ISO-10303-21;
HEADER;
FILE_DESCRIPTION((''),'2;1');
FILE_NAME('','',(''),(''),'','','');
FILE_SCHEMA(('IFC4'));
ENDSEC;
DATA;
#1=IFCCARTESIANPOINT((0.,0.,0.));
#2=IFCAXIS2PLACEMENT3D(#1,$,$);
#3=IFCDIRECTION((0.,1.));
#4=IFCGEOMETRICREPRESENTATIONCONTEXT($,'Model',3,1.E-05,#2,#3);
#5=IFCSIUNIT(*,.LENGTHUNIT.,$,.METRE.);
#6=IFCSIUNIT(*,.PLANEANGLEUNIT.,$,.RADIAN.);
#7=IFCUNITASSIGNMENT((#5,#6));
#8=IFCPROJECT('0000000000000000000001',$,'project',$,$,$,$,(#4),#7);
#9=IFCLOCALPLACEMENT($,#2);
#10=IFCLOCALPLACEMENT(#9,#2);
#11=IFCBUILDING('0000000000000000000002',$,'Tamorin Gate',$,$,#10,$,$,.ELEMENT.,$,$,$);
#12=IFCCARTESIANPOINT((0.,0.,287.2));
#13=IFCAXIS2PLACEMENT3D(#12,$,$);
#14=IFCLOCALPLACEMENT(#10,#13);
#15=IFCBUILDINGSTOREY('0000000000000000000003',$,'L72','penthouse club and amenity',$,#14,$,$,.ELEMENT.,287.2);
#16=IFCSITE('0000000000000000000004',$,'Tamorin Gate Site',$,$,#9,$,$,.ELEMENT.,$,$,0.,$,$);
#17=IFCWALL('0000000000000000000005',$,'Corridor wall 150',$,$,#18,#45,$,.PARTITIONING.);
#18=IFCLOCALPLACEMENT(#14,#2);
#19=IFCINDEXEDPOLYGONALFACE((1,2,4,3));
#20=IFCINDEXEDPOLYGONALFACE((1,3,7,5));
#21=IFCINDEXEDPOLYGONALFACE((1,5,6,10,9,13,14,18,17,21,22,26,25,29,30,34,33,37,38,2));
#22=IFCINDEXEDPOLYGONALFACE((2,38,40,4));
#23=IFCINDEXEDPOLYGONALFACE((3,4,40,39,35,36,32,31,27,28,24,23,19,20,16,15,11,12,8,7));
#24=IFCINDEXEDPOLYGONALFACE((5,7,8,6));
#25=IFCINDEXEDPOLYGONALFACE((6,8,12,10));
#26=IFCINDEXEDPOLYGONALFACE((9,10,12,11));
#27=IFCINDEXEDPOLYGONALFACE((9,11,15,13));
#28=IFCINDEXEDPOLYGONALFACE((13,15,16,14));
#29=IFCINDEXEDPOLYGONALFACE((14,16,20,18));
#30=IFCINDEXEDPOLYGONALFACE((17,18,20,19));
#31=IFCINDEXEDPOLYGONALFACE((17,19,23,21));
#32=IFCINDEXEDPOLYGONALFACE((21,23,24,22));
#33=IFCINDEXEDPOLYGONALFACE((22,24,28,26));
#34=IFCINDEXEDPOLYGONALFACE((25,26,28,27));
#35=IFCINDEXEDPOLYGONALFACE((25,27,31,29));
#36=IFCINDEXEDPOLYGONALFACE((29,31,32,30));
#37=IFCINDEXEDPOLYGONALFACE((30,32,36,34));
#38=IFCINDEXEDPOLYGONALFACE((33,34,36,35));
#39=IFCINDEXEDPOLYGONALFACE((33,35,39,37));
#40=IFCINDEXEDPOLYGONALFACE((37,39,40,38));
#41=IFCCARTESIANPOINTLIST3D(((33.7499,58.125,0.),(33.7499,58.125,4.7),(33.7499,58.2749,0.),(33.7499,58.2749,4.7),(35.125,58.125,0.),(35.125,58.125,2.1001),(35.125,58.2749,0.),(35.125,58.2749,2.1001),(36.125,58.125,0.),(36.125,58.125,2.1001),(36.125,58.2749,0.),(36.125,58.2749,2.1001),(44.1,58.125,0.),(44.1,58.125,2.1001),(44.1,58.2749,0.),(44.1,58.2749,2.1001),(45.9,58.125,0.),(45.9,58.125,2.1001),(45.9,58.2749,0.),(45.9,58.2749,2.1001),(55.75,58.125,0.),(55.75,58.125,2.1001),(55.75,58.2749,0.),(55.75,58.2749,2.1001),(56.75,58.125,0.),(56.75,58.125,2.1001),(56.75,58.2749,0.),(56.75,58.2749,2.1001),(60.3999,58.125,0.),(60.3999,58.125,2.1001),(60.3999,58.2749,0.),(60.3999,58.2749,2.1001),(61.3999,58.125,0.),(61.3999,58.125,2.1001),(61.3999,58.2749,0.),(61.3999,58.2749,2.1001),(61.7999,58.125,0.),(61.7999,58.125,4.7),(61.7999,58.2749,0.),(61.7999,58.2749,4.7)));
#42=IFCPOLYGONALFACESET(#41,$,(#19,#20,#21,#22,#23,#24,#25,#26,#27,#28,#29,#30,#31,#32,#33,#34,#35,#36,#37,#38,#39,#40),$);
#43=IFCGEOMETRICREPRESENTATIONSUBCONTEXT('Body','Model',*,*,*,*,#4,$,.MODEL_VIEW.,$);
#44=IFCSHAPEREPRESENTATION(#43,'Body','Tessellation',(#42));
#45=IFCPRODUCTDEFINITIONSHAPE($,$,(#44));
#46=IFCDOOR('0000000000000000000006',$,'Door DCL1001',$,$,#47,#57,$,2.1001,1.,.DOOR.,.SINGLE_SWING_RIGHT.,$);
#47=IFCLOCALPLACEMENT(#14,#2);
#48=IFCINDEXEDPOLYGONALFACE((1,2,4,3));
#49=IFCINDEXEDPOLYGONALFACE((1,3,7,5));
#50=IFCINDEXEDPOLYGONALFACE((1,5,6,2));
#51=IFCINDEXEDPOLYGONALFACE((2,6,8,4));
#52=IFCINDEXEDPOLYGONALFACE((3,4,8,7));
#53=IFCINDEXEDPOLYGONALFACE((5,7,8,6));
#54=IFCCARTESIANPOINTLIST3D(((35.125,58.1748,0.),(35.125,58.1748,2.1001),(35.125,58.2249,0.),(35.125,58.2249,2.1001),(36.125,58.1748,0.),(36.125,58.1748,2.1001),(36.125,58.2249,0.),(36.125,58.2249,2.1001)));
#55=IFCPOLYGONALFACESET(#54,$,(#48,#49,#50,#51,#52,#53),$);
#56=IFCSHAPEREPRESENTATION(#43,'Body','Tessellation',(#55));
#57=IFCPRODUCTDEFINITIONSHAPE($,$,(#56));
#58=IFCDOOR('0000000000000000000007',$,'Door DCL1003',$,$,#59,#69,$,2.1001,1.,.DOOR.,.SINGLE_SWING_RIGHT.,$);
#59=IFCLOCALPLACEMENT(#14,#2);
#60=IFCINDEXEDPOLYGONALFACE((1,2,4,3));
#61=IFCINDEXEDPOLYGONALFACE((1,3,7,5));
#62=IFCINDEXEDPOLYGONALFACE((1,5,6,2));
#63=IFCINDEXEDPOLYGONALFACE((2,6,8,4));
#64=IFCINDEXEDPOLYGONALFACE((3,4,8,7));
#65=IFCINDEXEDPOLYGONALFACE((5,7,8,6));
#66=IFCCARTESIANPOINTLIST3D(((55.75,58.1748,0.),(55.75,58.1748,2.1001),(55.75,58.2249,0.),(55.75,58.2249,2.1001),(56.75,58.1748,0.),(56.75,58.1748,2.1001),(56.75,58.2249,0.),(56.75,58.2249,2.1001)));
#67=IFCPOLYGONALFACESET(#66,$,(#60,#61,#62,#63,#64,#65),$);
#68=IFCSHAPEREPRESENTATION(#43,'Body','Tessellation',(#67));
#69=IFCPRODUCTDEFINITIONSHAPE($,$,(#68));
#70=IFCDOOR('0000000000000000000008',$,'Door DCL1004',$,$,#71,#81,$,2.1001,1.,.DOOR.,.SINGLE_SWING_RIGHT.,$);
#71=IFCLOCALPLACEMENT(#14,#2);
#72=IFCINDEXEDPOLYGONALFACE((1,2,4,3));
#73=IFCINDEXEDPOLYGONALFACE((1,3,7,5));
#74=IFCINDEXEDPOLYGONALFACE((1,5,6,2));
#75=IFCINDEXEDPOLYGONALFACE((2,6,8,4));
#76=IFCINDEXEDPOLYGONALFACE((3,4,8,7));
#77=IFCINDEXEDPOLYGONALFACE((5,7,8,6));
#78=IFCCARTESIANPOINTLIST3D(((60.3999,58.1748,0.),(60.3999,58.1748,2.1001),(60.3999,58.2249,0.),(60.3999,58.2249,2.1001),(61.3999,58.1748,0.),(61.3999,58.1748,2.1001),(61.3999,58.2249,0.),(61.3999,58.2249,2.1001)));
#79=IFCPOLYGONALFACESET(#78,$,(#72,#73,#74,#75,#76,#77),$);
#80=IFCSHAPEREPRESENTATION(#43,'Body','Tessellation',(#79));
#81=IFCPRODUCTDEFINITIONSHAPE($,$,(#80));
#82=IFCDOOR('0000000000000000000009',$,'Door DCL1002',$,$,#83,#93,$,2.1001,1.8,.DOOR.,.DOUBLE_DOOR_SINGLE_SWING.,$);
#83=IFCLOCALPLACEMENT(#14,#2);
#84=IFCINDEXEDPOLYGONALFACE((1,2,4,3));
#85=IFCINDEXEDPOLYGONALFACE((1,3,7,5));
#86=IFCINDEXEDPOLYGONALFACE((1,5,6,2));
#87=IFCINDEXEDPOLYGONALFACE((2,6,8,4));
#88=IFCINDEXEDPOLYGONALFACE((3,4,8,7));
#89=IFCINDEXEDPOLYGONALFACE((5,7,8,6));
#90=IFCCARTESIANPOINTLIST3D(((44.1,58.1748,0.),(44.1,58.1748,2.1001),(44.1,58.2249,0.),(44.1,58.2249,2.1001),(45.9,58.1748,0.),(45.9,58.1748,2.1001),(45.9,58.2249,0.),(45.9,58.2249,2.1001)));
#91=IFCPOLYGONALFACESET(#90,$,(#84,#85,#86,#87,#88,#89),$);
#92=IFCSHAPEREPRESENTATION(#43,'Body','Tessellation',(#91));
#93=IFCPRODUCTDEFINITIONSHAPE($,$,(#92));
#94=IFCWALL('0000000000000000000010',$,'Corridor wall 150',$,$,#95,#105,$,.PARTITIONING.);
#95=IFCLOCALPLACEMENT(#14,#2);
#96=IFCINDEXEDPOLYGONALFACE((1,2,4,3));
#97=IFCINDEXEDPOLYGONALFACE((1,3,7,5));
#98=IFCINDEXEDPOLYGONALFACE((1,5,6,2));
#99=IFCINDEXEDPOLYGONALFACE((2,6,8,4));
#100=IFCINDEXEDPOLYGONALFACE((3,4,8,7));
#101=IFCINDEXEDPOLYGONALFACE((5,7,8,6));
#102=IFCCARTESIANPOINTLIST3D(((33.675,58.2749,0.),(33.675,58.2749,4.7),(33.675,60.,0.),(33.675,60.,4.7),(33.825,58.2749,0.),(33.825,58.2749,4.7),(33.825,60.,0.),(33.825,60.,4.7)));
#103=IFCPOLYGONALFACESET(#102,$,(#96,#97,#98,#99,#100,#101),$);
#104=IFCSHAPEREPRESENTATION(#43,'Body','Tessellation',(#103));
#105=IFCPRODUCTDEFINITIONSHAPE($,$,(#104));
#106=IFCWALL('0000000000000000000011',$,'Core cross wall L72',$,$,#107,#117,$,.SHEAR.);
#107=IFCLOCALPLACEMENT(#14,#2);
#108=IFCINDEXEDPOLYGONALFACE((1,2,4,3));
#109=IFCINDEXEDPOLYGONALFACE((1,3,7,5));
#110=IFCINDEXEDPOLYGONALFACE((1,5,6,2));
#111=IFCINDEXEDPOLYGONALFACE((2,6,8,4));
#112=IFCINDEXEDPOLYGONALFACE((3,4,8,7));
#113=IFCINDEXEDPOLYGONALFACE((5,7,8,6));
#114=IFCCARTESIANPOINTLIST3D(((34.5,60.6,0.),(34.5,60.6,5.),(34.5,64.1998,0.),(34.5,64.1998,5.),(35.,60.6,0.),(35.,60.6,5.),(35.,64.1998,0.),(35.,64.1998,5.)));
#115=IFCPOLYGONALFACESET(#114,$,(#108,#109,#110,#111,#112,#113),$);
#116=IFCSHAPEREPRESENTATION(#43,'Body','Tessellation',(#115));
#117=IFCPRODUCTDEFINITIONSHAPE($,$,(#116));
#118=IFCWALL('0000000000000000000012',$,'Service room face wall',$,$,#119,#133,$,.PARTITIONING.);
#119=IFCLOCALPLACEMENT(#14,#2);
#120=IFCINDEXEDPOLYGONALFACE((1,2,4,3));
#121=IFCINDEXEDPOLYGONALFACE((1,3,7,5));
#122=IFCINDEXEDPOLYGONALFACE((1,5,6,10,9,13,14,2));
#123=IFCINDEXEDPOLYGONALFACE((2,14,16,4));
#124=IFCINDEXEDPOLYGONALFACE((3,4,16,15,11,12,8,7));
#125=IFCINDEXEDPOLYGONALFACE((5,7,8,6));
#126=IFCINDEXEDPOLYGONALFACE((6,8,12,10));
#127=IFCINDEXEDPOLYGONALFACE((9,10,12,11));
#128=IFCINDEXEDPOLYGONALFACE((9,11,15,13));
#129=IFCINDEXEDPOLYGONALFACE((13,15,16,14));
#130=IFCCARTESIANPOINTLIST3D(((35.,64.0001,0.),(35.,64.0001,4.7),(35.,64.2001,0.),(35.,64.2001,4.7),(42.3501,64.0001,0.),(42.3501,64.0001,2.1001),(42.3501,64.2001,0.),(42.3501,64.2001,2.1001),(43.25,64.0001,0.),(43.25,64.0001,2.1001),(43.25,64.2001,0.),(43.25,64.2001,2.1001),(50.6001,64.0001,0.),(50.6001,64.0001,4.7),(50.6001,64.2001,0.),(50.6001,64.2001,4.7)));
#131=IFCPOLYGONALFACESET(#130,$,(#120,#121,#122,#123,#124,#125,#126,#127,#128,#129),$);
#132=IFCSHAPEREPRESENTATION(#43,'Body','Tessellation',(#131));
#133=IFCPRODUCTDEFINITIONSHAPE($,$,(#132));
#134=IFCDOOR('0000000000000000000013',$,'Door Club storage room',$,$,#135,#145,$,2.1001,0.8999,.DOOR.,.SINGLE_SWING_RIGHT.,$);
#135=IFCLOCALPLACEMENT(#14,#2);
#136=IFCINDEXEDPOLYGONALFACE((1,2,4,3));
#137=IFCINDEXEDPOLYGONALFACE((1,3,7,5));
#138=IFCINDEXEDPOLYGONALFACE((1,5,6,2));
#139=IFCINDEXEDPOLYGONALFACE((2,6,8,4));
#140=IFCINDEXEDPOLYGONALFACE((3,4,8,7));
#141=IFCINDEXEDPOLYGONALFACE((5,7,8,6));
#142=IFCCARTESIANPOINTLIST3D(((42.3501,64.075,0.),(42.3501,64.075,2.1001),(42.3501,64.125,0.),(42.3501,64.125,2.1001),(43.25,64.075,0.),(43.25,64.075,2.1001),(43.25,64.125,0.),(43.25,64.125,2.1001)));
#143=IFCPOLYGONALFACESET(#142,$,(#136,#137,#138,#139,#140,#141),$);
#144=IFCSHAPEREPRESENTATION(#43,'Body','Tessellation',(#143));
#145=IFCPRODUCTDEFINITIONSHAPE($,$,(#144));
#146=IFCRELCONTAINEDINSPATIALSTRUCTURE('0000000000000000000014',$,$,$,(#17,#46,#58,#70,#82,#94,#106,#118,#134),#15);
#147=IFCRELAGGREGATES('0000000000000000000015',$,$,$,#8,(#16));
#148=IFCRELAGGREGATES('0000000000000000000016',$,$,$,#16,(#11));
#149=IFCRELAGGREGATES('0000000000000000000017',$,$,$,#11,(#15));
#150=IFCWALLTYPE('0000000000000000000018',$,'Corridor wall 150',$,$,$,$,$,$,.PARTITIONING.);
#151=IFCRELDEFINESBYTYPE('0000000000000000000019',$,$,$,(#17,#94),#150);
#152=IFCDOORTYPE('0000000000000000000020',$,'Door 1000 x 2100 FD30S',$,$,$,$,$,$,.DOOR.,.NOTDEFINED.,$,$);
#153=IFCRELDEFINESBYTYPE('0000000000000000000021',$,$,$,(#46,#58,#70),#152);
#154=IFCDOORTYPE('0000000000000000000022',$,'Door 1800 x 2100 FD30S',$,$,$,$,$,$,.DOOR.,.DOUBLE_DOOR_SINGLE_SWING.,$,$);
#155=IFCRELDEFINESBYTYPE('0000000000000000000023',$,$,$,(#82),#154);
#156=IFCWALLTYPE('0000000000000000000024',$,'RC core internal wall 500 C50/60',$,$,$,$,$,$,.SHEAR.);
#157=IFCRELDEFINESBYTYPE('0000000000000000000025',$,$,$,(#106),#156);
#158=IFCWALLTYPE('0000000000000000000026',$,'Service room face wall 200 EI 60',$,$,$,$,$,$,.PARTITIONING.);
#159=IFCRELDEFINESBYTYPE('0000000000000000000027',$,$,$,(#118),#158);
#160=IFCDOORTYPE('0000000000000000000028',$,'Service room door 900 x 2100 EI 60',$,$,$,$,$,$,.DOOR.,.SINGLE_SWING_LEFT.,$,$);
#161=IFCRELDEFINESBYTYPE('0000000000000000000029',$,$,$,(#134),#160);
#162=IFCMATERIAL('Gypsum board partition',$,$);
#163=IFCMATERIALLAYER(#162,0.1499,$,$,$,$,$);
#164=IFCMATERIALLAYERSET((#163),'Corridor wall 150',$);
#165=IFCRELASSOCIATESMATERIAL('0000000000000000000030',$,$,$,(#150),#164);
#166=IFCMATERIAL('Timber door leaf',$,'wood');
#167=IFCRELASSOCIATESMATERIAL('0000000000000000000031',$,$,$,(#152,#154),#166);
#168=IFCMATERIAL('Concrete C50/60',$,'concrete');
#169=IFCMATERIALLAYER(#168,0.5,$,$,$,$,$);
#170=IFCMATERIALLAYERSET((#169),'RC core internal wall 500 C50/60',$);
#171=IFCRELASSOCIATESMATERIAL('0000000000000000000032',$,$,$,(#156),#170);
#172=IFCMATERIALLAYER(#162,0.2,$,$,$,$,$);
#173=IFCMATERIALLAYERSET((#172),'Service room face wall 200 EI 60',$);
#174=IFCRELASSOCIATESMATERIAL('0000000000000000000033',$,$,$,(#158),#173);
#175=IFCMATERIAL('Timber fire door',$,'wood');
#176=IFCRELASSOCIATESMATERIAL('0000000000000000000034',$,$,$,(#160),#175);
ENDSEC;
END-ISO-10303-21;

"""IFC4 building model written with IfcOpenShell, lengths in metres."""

from ifc_helpers import new_model, si_unit, direction, frame, frame_2d, origin, place, context, subcontext, project, spatial, rectangle, extrude, material, layer, layer_set, type_object, element, fill, save


model = new_model("IFC4")

# Units and contexts
model_context = context("Model", 3, precision=1e-05, world=origin(), true_north=direction((0.0, 1.0)))
body_context = subcontext(model_context, "Body", "Model", "MODEL_VIEW")
ifc_project = project(units=[si_unit("LENGTHUNIT", "METRE"), si_unit("PLANEANGLEUNIT", "RADIAN")], contexts=[model_context])

# Site, building, storey
site_placement = place(None, origin())
site = spatial("IfcSite", under=ifc_project, at=site_placement, Name="Tamorin Gate Site", CompositionType="ELEMENT", RefElevation=0.0)
building_placement = place(site_placement, origin())
building = spatial("IfcBuilding", under=site, at=building_placement, Name="Tamorin Gate", CompositionType="ELEMENT")
storey_placement = place(building_placement, frame((0.0, 0.0, 287.2)))
storey = spatial("IfcBuildingStorey", under=building, at=storey_placement, Name="L72", Description="penthouse club and amenity", CompositionType="ELEMENT", Elevation=287.2)

# Shared definitions
ifc_material_1 = material(Name="Concrete C50/60", Category="concrete")

# Wall, openings, doors
ifc_material_2 = material(Name="Gypsum board partition")
ifc_layer_1 = layer(ifc_material_2, 0.1499)
ifc_layer_set_1 = layer_set([ifc_layer_1], Name="Corridor wall 150")
wall_type_1 = type_object("IfcWallType", Name="Corridor wall 150", PredefinedType="PARTITIONING", material=ifc_layer_set_1)
wall_1_placement = place(storey_placement, frame((33.75, 58.2, 0.0), z_axis=(0.0, 0.0, 1.0), x_axis=(1.0, 0.0, 0.0)))
wall_1 = element("IfcWall", 1, at=wall_1_placement, inside=storey, type_object=wall_type_1, Name="Corridor wall 150", PredefinedType="PARTITIONING", context=body_context, shape_type="SweptSolid", body=[
    extrude(rectangle(XDim=28.05, YDim=0.1499, at=frame_2d((14.0249, 0.0))), origin(), (0.0, 0.0, 1.0), 4.7),
])
opening_1_placement = place(wall_1_placement, frame((1.375, 0.0, 0.0)))
opening_1 = element("IfcOpeningElement", 2, at=opening_1_placement, cuts=wall_1, PredefinedType="OPENING", context=body_context, shape_type="SweptSolid", body=[
    extrude(rectangle(XDim=1.0, YDim=2.1001, at=frame_2d((0.5, 1.05))), frame((0.0, 0.085, 0.0), z_axis=(0.0, -1.0, 0.0), x_axis=(1.0, 0.0, 0.0)), (0.0, 0.0, 1.0), 0.1699),
])
opening_2_placement = place(wall_1_placement, frame((10.3501, 0.0, 0.0)))
opening_2 = element("IfcOpeningElement", 3, at=opening_2_placement, cuts=wall_1, PredefinedType="OPENING", context=body_context, shape_type="SweptSolid", body=[
    extrude(rectangle(XDim=1.8, YDim=2.1001, at=frame_2d((0.8999, 1.05))), frame((0.0, 0.085, 0.0), z_axis=(0.0, -1.0, 0.0), x_axis=(1.0, 0.0, 0.0)), (0.0, 0.0, 1.0), 0.1699),
])
opening_3_placement = place(wall_1_placement, frame((22.0, 0.0, 0.0)))
opening_3 = element("IfcOpeningElement", 4, at=opening_3_placement, cuts=wall_1, PredefinedType="OPENING", context=body_context, shape_type="SweptSolid", body=[
    extrude(rectangle(XDim=1.0, YDim=2.1001, at=frame_2d((0.5, 1.05))), frame((0.0, 0.085, 0.0), z_axis=(0.0, -1.0, 0.0), x_axis=(1.0, 0.0, 0.0)), (0.0, 0.0, 1.0), 0.1699),
])
opening_4_placement = place(wall_1_placement, frame((26.6499, 0.0, 0.0)))
opening_4 = element("IfcOpeningElement", 5, at=opening_4_placement, cuts=wall_1, PredefinedType="OPENING", context=body_context, shape_type="SweptSolid", body=[
    extrude(rectangle(XDim=1.0, YDim=2.1001, at=frame_2d((0.5, 1.05))), frame((0.0, 0.085, 0.0), z_axis=(0.0, -1.0, 0.0), x_axis=(1.0, 0.0, 0.0)), (0.0, 0.0, 1.0), 0.1699),
])
ifc_material_3 = material(Name="Timber door leaf", Category="wood")
door_type_1 = type_object("IfcDoorType", Name="Door 1000 x 2100 FD30S", OperationType="NOTDEFINED", PredefinedType="DOOR", material=ifc_material_3)
door_1_placement = place(opening_1_placement, origin())
door_1 = element("IfcDoor", 6, at=door_1_placement, inside=storey, type_object=door_type_1, Name="Door DCL1001", OperationType="SINGLE_SWING_RIGHT", OverallHeight=2.1001, OverallWidth=1.0, PredefinedType="DOOR", context=body_context, shape_type="SweptSolid", body=[
    extrude(rectangle(XDim=1.0, YDim=2.1001, at=frame_2d((0.5, 1.05))), frame((0.0, 0.0249, 0.0), z_axis=(0.0, -1.0, 0.0), x_axis=(1.0, 0.0, 0.0)), (0.0, 0.0, 1.0), 0.05),
])
fill(opening_1, door_1)
door_2_placement = place(opening_3_placement, origin())
door_2 = element("IfcDoor", 7, at=door_2_placement, inside=storey, type_object=door_type_1, Name="Door DCL1003", OperationType="SINGLE_SWING_RIGHT", OverallHeight=2.1001, OverallWidth=1.0, PredefinedType="DOOR", context=body_context, shape_type="SweptSolid", body=[
    extrude(rectangle(XDim=1.0, YDim=2.1001, at=frame_2d((0.5, 1.05))), frame((0.0, 0.0249, 0.0), z_axis=(0.0, -1.0, 0.0), x_axis=(1.0, 0.0, 0.0)), (0.0, 0.0, 1.0), 0.05),
])
fill(opening_3, door_2)
door_3_placement = place(opening_4_placement, origin())
door_3 = element("IfcDoor", 8, at=door_3_placement, inside=storey, type_object=door_type_1, Name="Door DCL1004", OperationType="SINGLE_SWING_RIGHT", OverallHeight=2.1001, OverallWidth=1.0, PredefinedType="DOOR", context=body_context, shape_type="SweptSolid", body=[
    extrude(rectangle(XDim=1.0, YDim=2.1001, at=frame_2d((0.5, 1.05))), frame((0.0, 0.0249, 0.0), z_axis=(0.0, -1.0, 0.0), x_axis=(1.0, 0.0, 0.0)), (0.0, 0.0, 1.0), 0.05),
])
fill(opening_4, door_3)
door_type_2 = type_object("IfcDoorType", Name="Door 1800 x 2100 FD30S", OperationType="DOUBLE_DOOR_SINGLE_SWING", PredefinedType="DOOR", material=ifc_material_3)
door_4_placement = place(opening_2_placement, origin())
door_4 = element("IfcDoor", 9, at=door_4_placement, inside=storey, type_object=door_type_2, Name="Door DCL1002", OperationType="DOUBLE_DOOR_SINGLE_SWING", OverallHeight=2.1001, OverallWidth=1.8, PredefinedType="DOOR", context=body_context, shape_type="SweptSolid", body=[
    extrude(rectangle(XDim=1.8, YDim=2.1001, at=frame_2d((0.8999, 1.05))), frame((0.0, 0.0249, 0.0), z_axis=(0.0, -1.0, 0.0), x_axis=(1.0, 0.0, 0.0)), (0.0, 0.0, 1.0), 0.05),
])
fill(opening_2, door_4)

# Walls
wall_2_placement = place(storey_placement, frame((33.75, 58.2749, 0.0), z_axis=(0.0, 0.0, 1.0), x_axis=(0.0, 1.0, 0.0)))
element("IfcWall", 10, at=wall_2_placement, inside=storey, type_object=wall_type_1, Name="Corridor wall 150", PredefinedType="PARTITIONING", context=body_context, shape_type="SweptSolid", body=[
    extrude(rectangle(XDim=1.7251, YDim=0.1499, at=frame_2d((0.8625, 0.0))), origin(), (0.0, 0.0, 1.0), 4.7),
])
ifc_layer_2 = layer(ifc_material_1, 0.5)
ifc_layer_set_2 = layer_set([ifc_layer_2], Name="RC core internal wall 500 C50/60")
wall_type_2 = type_object("IfcWallType", Name="RC core internal wall 500 C50/60", PredefinedType="SHEAR", material=ifc_layer_set_2)
wall_3_placement = place(storey_placement, frame((34.75, 60.6001, 0.0), z_axis=(0.0, 0.0, 1.0), x_axis=(0.0, 1.0, 0.0)))
element("IfcWall", 11, at=wall_3_placement, inside=storey, type_object=wall_type_2, Name="Core cross wall L72", PredefinedType="SHEAR", context=body_context, shape_type="SweptSolid", body=[
    extrude(rectangle(XDim=3.5999, YDim=0.5, at=frame_2d((1.7998, 0.0))), origin(), (0.0, 0.0, 1.0), 5.0),
])

# Wall, opening, door
ifc_layer_3 = layer(ifc_material_2, 0.2)
ifc_layer_set_3 = layer_set([ifc_layer_3], Name="Service room face wall 200 EI 60")
wall_type_3 = type_object("IfcWallType", Name="Service room face wall 200 EI 60", PredefinedType="PARTITIONING", material=ifc_layer_set_3)
wall_4_placement = place(storey_placement, frame((35.0, 64.1001, 0.0), z_axis=(0.0, 0.0, 1.0), x_axis=(1.0, 0.0, 0.0)))
wall_4 = element("IfcWall", 12, at=wall_4_placement, inside=storey, type_object=wall_type_3, Name="Service room face wall", PredefinedType="PARTITIONING", context=body_context, shape_type="SweptSolid", body=[
    extrude(rectangle(XDim=15.6001, YDim=0.2, at=frame_2d((7.8, 0.0))), origin(), (0.0, 0.0, 1.0), 4.7),
])
opening_5_placement = place(wall_4_placement, frame((7.3501, 0.0, 0.0)))
opening_5 = element("IfcOpeningElement", 13, at=opening_5_placement, cuts=wall_4, PredefinedType="OPENING", context=body_context, shape_type="SweptSolid", body=[
    extrude(rectangle(XDim=0.8999, YDim=2.1001, at=frame_2d((0.45, 1.05))), frame((0.0, 0.1099, 0.0), z_axis=(0.0, -1.0, 0.0), x_axis=(1.0, 0.0, 0.0)), (0.0, 0.0, 1.0), 0.22),
])
ifc_material_4 = material(Name="Timber fire door", Category="wood")
door_type_3 = type_object("IfcDoorType", Name="Service room door 900 x 2100 EI 60", OperationType="SINGLE_SWING_LEFT", PredefinedType="DOOR", material=ifc_material_4)
door_5_placement = place(opening_5_placement, origin())
door_5 = element("IfcDoor", 14, at=door_5_placement, inside=storey, type_object=door_type_3, Name="Door Club storage room", OperationType="SINGLE_SWING_RIGHT", OverallHeight=2.1001, OverallWidth=0.8999, PredefinedType="DOOR", context=body_context, shape_type="SweptSolid", body=[
    extrude(rectangle(XDim=0.8999, YDim=2.1001, at=frame_2d((0.45, 1.05))), frame((0.0, 0.0249, 0.0), z_axis=(0.0, -1.0, 0.0), x_axis=(1.0, 0.0, 0.0)), (0.0, 0.0, 1.0), 0.05),
])
fill(opening_5, door_5)

save(model, "model.ifc")
